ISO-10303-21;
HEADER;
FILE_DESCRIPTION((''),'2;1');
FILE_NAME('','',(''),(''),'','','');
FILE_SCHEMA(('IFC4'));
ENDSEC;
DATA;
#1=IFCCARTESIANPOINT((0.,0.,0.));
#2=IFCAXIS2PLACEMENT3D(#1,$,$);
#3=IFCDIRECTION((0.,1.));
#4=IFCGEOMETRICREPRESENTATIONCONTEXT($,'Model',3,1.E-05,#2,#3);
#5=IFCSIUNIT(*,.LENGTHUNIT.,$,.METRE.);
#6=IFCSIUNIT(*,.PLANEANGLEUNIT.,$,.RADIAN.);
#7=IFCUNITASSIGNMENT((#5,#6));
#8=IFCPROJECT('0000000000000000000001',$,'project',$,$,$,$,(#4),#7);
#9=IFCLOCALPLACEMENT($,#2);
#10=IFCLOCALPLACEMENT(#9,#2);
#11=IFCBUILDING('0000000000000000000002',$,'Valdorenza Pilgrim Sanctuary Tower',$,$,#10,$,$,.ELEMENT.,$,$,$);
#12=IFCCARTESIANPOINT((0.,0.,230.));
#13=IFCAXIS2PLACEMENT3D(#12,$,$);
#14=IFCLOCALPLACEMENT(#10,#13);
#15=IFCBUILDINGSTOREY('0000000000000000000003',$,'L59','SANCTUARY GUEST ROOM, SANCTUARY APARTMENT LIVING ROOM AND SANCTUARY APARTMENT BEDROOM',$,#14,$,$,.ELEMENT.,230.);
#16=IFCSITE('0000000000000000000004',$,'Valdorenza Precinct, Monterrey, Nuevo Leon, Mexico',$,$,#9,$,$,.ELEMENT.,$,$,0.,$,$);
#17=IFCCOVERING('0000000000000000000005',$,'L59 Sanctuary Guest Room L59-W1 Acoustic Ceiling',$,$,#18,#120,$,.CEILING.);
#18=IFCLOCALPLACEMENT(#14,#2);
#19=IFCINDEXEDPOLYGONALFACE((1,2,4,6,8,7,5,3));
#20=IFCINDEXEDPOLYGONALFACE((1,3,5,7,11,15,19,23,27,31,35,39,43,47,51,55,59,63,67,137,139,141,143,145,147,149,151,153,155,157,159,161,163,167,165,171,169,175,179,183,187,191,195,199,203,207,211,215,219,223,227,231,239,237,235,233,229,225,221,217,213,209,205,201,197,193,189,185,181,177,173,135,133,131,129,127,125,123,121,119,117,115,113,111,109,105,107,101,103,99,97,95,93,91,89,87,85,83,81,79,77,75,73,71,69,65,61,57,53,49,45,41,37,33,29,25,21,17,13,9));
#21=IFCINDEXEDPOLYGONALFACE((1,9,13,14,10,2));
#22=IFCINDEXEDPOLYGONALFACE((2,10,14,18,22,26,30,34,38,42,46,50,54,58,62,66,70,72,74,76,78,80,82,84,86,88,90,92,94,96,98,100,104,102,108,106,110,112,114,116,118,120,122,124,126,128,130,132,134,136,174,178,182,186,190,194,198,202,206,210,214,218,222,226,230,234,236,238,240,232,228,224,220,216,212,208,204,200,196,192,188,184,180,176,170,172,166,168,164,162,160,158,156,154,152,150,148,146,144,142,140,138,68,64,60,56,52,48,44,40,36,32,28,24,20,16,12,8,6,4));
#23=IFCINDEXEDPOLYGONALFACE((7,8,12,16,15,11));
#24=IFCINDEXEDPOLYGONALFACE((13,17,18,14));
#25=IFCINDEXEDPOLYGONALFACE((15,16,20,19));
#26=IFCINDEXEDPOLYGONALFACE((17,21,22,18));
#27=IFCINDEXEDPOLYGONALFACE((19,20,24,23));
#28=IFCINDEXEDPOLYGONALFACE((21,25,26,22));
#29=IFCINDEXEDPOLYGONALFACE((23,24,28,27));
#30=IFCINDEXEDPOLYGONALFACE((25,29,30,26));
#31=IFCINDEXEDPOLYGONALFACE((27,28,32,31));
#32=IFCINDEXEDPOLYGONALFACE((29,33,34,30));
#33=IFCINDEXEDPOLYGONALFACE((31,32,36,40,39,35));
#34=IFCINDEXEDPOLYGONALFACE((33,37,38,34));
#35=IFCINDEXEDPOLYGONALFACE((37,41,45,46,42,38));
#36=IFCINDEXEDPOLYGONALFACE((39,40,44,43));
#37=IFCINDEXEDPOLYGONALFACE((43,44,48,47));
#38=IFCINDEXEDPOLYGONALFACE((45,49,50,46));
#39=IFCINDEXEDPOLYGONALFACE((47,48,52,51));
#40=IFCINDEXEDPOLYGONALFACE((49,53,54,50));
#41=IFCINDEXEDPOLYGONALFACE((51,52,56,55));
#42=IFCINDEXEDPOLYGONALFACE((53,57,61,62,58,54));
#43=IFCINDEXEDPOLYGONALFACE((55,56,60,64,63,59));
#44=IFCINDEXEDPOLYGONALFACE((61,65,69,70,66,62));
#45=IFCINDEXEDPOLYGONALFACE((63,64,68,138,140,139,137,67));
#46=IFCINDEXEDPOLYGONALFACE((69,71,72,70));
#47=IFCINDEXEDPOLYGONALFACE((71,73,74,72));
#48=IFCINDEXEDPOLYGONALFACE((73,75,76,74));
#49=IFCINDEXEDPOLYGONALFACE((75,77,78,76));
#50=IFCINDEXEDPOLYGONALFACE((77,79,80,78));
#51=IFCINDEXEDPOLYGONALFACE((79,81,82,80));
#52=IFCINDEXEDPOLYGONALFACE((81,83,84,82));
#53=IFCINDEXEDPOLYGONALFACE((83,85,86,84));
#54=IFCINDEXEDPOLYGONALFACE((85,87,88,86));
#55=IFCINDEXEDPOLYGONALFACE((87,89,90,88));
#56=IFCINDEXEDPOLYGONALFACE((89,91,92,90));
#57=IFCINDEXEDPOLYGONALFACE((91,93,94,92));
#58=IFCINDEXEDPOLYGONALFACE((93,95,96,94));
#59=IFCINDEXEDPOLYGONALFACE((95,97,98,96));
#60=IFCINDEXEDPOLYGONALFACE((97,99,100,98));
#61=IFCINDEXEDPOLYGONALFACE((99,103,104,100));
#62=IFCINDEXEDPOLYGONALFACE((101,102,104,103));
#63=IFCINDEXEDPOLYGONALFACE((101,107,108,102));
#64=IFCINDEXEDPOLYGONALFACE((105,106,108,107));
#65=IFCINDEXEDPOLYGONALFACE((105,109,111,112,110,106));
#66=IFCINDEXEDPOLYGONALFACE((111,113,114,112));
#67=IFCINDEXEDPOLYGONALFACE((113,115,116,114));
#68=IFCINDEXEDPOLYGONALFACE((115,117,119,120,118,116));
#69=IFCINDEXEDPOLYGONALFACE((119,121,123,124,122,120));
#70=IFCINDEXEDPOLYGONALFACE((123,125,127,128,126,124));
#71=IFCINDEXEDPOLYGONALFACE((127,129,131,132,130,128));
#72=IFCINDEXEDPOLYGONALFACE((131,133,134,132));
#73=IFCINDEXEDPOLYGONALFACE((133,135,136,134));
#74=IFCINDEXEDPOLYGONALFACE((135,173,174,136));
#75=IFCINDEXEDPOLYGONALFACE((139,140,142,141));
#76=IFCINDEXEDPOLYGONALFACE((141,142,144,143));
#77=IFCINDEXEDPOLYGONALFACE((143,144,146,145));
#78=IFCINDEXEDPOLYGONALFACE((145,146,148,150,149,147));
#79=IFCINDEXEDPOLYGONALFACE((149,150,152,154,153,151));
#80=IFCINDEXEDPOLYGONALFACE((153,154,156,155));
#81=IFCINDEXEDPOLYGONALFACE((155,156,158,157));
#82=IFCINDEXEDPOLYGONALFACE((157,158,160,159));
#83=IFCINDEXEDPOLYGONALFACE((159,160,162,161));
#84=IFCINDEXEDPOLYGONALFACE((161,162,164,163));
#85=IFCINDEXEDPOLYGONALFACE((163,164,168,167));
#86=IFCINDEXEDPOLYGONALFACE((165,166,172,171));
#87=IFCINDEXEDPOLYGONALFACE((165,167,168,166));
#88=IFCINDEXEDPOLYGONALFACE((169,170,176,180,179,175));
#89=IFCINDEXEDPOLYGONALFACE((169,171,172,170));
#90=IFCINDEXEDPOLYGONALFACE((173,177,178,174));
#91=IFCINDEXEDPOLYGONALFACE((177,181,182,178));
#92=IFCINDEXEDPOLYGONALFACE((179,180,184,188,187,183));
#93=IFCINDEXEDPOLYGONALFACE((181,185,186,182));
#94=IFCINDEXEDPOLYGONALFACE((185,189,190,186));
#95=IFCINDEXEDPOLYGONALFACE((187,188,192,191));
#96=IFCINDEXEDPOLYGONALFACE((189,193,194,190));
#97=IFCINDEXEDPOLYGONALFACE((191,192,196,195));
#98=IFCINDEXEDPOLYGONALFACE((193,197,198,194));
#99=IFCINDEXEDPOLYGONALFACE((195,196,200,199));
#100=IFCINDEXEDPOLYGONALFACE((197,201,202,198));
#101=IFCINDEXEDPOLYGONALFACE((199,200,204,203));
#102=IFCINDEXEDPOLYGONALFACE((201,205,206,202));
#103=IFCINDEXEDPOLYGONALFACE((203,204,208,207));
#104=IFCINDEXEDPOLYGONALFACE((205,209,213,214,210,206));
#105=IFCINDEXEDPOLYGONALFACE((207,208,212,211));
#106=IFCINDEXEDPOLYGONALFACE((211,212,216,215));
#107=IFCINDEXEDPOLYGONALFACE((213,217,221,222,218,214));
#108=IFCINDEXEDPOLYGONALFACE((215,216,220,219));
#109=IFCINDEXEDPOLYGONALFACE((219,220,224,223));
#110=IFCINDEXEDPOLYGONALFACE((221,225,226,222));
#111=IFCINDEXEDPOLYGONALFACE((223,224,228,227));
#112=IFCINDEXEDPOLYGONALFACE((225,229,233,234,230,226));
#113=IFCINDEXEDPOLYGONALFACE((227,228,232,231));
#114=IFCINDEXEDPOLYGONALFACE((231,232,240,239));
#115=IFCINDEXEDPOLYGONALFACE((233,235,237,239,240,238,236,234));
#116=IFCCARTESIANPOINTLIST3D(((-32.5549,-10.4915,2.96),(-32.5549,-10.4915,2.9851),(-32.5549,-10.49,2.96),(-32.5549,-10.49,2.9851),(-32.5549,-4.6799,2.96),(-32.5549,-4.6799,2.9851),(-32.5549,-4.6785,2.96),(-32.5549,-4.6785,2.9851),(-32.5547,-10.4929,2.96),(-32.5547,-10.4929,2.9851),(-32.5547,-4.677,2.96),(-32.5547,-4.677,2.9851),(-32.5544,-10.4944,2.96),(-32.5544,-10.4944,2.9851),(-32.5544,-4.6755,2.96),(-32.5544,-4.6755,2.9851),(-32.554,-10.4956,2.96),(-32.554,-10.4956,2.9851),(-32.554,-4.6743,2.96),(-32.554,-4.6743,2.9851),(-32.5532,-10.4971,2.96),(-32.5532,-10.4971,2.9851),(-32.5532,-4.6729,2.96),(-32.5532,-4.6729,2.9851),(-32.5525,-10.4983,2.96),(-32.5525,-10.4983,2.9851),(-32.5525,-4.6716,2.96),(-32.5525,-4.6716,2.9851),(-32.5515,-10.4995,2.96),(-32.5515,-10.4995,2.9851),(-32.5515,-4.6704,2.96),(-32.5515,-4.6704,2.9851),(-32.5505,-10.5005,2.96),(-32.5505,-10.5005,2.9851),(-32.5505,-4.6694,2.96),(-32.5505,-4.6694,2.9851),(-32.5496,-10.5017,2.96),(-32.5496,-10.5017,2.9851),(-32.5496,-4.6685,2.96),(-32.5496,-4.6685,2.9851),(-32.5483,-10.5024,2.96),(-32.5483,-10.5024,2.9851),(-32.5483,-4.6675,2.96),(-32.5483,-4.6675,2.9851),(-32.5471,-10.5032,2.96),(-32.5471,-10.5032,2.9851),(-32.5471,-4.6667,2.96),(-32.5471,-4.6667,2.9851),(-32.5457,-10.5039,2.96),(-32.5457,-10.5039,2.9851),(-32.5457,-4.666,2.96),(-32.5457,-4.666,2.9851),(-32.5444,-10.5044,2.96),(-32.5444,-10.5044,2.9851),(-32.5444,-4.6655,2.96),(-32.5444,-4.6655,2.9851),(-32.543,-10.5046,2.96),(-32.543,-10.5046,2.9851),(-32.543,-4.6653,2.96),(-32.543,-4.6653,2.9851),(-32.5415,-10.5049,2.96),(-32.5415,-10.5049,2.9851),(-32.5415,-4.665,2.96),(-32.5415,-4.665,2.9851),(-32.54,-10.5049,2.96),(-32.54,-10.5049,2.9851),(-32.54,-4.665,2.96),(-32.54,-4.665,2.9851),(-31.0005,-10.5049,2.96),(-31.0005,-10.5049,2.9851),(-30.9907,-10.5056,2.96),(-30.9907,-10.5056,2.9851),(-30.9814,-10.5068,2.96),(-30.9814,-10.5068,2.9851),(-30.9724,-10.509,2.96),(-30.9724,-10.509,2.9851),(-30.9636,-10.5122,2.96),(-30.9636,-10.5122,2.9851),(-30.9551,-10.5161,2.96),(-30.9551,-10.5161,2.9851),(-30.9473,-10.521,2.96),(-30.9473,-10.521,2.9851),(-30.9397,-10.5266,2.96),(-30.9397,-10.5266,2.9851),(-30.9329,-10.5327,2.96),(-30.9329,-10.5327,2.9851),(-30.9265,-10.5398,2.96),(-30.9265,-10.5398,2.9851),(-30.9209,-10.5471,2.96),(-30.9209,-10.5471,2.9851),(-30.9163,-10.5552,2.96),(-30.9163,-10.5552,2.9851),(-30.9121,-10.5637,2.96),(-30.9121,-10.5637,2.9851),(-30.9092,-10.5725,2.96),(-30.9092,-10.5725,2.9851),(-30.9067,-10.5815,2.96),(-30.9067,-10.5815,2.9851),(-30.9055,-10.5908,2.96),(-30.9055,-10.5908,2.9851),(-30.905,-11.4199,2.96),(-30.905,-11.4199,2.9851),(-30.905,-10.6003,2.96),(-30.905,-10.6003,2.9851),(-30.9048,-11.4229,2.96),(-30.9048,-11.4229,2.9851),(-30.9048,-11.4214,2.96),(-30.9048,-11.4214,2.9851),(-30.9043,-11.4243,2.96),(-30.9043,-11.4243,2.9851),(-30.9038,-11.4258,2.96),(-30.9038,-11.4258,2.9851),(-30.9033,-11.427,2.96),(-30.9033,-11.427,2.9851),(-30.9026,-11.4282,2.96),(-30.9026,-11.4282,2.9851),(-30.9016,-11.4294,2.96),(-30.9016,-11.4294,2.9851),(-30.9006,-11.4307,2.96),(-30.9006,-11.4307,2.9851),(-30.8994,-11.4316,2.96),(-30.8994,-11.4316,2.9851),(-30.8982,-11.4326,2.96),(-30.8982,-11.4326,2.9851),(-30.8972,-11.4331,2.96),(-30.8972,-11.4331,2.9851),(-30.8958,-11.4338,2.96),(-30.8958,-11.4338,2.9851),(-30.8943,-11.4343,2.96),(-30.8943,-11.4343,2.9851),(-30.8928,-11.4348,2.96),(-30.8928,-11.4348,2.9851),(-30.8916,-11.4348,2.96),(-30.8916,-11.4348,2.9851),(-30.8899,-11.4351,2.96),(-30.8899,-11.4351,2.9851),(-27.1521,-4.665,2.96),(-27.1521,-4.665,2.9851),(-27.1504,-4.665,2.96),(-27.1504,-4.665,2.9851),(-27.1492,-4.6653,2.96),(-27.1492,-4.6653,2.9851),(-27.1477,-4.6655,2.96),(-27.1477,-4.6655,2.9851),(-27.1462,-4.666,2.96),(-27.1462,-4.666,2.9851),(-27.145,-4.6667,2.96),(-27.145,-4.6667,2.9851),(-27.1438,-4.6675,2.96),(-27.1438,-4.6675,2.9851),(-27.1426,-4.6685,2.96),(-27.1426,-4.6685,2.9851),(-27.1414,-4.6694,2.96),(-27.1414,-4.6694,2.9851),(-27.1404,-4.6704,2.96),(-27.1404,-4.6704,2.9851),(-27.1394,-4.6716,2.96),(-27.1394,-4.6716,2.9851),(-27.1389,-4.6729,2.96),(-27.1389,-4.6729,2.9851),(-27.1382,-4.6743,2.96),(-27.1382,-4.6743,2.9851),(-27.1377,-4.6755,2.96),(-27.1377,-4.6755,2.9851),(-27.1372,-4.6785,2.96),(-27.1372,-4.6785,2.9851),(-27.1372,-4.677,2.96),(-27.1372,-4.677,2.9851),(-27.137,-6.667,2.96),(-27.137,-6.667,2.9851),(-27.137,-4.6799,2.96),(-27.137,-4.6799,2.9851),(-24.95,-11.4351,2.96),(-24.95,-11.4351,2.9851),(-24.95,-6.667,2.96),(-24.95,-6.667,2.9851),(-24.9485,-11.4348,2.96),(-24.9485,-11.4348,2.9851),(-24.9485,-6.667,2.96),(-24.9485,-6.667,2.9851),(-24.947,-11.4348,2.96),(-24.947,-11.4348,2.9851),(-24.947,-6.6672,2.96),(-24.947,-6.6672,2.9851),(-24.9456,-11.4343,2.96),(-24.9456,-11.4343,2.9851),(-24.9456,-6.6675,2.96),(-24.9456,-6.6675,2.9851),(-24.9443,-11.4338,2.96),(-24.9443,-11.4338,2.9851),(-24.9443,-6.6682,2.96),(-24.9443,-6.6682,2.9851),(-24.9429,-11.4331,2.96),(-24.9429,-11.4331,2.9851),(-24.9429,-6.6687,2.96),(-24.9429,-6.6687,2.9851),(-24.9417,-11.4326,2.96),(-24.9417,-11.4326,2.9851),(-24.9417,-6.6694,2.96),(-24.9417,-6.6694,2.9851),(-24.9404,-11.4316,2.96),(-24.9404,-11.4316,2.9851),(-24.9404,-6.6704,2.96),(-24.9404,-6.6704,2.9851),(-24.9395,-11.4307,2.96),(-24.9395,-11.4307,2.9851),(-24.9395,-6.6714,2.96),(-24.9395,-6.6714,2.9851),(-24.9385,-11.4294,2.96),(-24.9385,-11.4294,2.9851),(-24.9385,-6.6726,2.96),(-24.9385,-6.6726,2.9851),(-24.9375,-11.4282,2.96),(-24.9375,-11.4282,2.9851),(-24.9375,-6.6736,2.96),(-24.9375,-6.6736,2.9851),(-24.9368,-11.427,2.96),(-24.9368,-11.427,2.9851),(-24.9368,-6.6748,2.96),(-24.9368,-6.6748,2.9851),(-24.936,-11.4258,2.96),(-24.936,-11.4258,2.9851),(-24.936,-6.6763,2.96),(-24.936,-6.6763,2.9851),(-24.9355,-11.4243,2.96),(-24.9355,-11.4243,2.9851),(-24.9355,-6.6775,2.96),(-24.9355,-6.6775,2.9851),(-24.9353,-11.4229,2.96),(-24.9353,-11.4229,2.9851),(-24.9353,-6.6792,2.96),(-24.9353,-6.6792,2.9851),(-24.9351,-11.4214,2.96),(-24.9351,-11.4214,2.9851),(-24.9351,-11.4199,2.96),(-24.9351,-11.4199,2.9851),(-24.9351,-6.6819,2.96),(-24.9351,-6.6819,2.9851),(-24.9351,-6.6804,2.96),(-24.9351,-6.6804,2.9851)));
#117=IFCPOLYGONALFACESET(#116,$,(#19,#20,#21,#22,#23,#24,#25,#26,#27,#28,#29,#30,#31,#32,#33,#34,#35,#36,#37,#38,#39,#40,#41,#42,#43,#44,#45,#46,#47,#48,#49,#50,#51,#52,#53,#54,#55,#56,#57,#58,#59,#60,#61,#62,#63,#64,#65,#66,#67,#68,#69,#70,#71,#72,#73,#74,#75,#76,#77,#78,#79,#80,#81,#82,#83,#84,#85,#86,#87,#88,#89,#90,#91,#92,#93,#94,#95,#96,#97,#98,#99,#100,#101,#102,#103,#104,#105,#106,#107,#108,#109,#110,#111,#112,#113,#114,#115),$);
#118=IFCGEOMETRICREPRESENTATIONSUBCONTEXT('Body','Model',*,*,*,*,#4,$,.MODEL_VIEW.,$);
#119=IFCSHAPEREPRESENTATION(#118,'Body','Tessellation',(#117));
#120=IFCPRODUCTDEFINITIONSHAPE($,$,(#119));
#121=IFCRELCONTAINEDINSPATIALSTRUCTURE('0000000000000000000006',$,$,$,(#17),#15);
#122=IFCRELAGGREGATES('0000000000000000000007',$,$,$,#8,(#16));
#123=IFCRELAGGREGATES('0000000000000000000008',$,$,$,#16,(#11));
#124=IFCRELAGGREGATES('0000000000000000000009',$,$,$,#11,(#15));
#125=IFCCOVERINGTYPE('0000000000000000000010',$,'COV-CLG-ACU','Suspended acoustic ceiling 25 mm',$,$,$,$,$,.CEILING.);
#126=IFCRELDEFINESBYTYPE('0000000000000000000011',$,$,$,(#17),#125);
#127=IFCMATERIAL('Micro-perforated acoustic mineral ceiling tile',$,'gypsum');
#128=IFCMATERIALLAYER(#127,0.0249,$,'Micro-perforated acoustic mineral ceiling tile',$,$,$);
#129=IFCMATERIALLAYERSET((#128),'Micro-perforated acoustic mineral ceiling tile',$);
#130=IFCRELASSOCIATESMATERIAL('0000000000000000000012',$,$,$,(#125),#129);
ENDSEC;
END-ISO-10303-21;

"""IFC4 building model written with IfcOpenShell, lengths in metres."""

from ifc_helpers import new_model, si_unit, direction, frame, origin, place, context, subcontext, project, spatial, polyline, outline, extrude, material, layer, layer_set, type_object, element, save


model = new_model("IFC4")

# Units and contexts
model_context = context("Model", 3, precision=1e-05, world=origin(), true_north=direction((0.0, 1.0)))
body_context = subcontext(model_context, "Body", "Model", "MODEL_VIEW")
ifc_project = project(units=[si_unit("LENGTHUNIT", "METRE"), si_unit("PLANEANGLEUNIT", "RADIAN")], contexts=[model_context])

# Site, building, storey
site_placement = place(None, origin())
site = spatial("IfcSite", under=ifc_project, at=site_placement, Name="Valdorenza Precinct, Monterrey, Nuevo Leon, Mexico", CompositionType="ELEMENT", RefElevation=0.0)
building_placement = place(site_placement, origin())
building = spatial("IfcBuilding", under=site, at=building_placement, Name="Valdorenza Pilgrim Sanctuary Tower", CompositionType="ELEMENT")
storey_placement = place(building_placement, frame((0.0, 0.0, 230.0)))
storey = spatial("IfcBuildingStorey", under=building, at=storey_placement, Name="L59", Description="SANCTUARY GUEST ROOM, SANCTUARY APARTMENT LIVING ROOM AND SANCTUARY APARTMENT BEDROOM", CompositionType="ELEMENT", Elevation=230.0)

# Covering
ifc_material_1 = material(Name="Micro-perforated acoustic mineral ceiling tile", Category="gypsum")
ifc_layer_1 = layer(ifc_material_1, 0.0249, Name="Micro-perforated acoustic mineral ceiling tile")
ifc_layer_set_1 = layer_set([ifc_layer_1], Name="Micro-perforated acoustic mineral ceiling tile")
covering_type_1 = type_object("IfcCoveringType", Name="COV-CLG-ACU", Description="Suspended acoustic ceiling 25 mm", PredefinedType="CEILING", material=ifc_layer_set_1)
covering_1_placement = place(storey_placement, frame((0.0, 0.0, 2.96)))
element("IfcCovering", 1, at=covering_1_placement, inside=storey, type_object=covering_type_1, Name="L59 Sanctuary Guest Room L59-W1 Acoustic Ceiling", PredefinedType="CEILING", context=body_context, shape_type="SweptSolid", body=[
    extrude(outline(polyline([(-30.905, -10.6003), (-30.9055, -10.5908), (-30.9067, -10.5815), (-30.9092, -10.5725), (-30.9121, -10.5637), (-30.9163, -10.5552), (-30.9209, -10.5471), (-30.9265, -10.5398), (-30.9329, -10.5327), (-30.9397, -10.5266), (-30.9473, -10.521), (-30.9551, -10.5161), (-30.9636, -10.5122), (-30.9724, -10.509), (-30.9814, -10.5068), (-30.9907, -10.5056), (-31.0005, -10.5049), (-32.54, -10.5049), (-32.5415, -10.5049), (-32.543, -10.5046), (-32.5444, -10.5044), (-32.5457, -10.5039), (-32.5471, -10.5032), (-32.5483, -10.5024), (-32.5496, -10.5017), (-32.5505, -10.5005), (-32.5515, -10.4995), (-32.5525, -10.4983), (-32.5532, -10.4971), (-32.554, -10.4956), (-32.5544, -10.4944), (-32.5547, -10.4929), (-32.5549, -10.4915), (-32.5549, -10.49), (-32.5549, -4.6799), (-32.5549, -4.6785), (-32.5547, -4.677), (-32.5544, -4.6755), (-32.554, -4.6743), (-32.5532, -4.6729), (-32.5525, -4.6716), (-32.5515, -4.6704), (-32.5505, -4.6694), (-32.5496, -4.6685), (-32.5483, -4.6675), (-32.5471, -4.6667), (-32.5457, -4.666), (-32.5444, -4.6655), (-32.543, -4.6653), (-32.5415, -4.665), (-32.54, -4.665), (-27.1521, -4.665), (-27.1504, -4.665), (-27.1492, -4.6653), (-27.1477, -4.6655), (-27.1462, -4.666), (-27.145, -4.6667), (-27.1438, -4.6675), (-27.1426, -4.6685), (-27.1414, -4.6694), (-27.1404, -4.6704), (-27.1394, -4.6716), (-27.1389, -4.6729), (-27.1382, -4.6743), (-27.1377, -4.6755), (-27.1372, -4.677), (-27.1372, -4.6785), (-27.137, -4.6799), (-27.137, -6.667), (-24.95, -6.667), (-24.9485, -6.667), (-24.947, -6.6672), (-24.9456, -6.6675), (-24.9443, -6.6682), (-24.9429, -6.6687), (-24.9417, -6.6694), (-24.9404, -6.6704), (-24.9395, -6.6714), (-24.9385, -6.6726), (-24.9375, -6.6736), (-24.9368, -6.6748), (-24.936, -6.6763), (-24.9355, -6.6775), (-24.9353, -6.6792), (-24.9351, -6.6804), (-24.9351, -6.6819), (-24.9351, -11.4199), (-24.9351, -11.4214), (-24.9353, -11.4229), (-24.9355, -11.4243), (-24.936, -11.4258), (-24.9368, -11.427), (-24.9375, -11.4282), (-24.9385, -11.4294), (-24.9395, -11.4307), (-24.9404, -11.4316), (-24.9417, -11.4326), (-24.9429, -11.4331), (-24.9443, -11.4338), (-24.9456, -11.4343), (-24.947, -11.4348), (-24.9485, -11.4348), (-24.95, -11.4351), (-30.8899, -11.4351), (-30.8916, -11.4348), (-30.8928, -11.4348), (-30.8943, -11.4343), (-30.8958, -11.4338), (-30.8972, -11.4331), (-30.8982, -11.4326), (-30.8994, -11.4316), (-30.9006, -11.4307), (-30.9016, -11.4294), (-30.9026, -11.4282), (-30.9033, -11.427), (-30.9038, -11.4258), (-30.9043, -11.4243), (-30.9048, -11.4229), (-30.9048, -11.4214), (-30.905, -11.4199), (-30.905, -10.6003)])), origin(), (0.0, 0.0, 1.0), 0.0251),
])

save(model, "model.ifc")
